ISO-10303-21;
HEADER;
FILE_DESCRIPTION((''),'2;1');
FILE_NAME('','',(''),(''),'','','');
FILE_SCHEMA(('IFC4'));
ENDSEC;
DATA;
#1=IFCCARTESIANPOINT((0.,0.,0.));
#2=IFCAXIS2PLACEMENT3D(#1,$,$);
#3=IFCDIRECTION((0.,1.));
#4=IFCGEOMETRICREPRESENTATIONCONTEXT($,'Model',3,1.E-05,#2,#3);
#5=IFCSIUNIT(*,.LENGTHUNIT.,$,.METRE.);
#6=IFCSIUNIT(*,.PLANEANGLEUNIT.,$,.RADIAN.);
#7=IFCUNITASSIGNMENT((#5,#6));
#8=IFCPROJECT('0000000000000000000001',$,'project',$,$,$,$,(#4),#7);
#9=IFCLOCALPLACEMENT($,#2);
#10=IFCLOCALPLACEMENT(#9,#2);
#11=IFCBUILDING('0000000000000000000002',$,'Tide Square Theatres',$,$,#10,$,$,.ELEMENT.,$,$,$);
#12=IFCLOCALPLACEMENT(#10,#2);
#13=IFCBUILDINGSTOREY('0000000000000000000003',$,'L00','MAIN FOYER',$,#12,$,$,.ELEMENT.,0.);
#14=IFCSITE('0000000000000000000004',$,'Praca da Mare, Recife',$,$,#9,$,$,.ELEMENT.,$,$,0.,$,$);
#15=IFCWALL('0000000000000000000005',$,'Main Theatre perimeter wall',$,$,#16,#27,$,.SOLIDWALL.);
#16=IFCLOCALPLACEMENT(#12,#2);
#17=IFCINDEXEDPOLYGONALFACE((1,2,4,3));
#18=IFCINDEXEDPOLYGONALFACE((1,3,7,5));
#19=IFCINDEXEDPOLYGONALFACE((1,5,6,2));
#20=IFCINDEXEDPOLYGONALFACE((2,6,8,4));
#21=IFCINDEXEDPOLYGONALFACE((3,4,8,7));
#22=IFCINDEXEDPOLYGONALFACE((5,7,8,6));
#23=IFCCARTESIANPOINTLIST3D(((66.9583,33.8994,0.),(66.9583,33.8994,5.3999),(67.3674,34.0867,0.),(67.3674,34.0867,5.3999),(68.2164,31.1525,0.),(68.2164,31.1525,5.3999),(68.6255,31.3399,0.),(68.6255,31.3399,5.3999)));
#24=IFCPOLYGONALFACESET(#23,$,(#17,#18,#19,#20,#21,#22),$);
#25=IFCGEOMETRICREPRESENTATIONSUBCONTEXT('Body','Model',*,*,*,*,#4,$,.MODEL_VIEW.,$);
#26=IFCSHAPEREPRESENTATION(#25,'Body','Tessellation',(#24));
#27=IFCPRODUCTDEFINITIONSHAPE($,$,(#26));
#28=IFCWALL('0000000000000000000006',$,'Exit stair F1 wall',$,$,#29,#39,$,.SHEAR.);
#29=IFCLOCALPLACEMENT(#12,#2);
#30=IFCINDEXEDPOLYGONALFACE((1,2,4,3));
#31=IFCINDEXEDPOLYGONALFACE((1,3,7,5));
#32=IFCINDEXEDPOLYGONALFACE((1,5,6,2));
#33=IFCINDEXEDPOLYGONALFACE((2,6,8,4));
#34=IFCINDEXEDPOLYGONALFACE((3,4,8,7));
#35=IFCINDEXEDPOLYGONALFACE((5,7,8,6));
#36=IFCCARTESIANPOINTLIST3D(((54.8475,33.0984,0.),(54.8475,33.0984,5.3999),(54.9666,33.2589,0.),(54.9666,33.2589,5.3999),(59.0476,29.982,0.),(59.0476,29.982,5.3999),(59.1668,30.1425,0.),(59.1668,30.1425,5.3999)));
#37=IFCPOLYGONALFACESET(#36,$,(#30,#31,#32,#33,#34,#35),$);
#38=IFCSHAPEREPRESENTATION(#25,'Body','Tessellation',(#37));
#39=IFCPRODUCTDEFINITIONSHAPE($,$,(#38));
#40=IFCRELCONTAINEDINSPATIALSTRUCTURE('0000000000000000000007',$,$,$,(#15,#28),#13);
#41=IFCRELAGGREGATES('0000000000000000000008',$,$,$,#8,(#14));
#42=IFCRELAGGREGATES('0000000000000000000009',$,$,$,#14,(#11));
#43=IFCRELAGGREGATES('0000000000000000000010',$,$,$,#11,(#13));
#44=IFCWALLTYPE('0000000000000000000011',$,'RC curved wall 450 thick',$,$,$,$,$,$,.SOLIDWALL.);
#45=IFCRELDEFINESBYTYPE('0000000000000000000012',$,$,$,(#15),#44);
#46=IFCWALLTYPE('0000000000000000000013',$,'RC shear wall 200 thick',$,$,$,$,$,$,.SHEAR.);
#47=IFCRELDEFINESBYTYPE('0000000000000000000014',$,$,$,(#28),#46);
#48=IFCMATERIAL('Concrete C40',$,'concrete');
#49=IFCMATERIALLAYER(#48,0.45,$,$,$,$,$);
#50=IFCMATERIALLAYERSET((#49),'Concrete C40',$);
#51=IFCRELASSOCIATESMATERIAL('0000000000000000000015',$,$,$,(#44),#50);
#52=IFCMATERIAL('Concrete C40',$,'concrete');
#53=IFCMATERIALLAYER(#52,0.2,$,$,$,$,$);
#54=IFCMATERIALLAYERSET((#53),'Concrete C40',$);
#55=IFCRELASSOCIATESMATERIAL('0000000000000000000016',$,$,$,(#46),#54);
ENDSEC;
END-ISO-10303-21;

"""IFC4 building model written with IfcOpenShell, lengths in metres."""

from ifc_helpers import new_model, si_unit, direction, frame, frame_2d, origin, place, context, subcontext, project, spatial, rectangle, extrude, material, layer, layer_set, type_object, element, save


model = new_model("IFC4")

# Units and contexts
model_context = context("Model", 3, precision=1e-05, world=origin(), true_north=direction((0.0, 1.0)))
body_context = subcontext(model_context, "Body", "Model", "MODEL_VIEW")
ifc_project = project(units=[si_unit("LENGTHUNIT", "METRE"), si_unit("PLANEANGLEUNIT", "RADIAN")], contexts=[model_context])

# Site, building, storey
site_placement = place(None, origin())
site = spatial("IfcSite", under=ifc_project, at=site_placement, Name="Praca da Mare, Recife", CompositionType="ELEMENT", RefElevation=0.0)
building_placement = place(site_placement, origin())
building = spatial("IfcBuilding", under=site, at=building_placement, Name="Tide Square Theatres", CompositionType="ELEMENT")
storey_placement = place(building_placement, origin())
storey = spatial("IfcBuildingStorey", under=building, at=storey_placement, Name="L00", Description="MAIN FOYER", CompositionType="ELEMENT", Elevation=0.0)

# Shared definitions
ifc_material_1 = material(Name="Concrete C40", Category="concrete")
ifc_layer_1 = layer(ifc_material_1, 0.45)
ifc_layer_set_1 = layer_set([ifc_layer_1], Name="Concrete C40")
wall_type_1 = type_object("IfcWallType", Name="RC curved wall 450 thick", PredefinedType="SOLIDWALL", material=ifc_layer_set_1)

# Walls
wall_1_placement = place(storey_placement, frame((67.1628, 33.9932, 0.0), z_axis=(0.0, 0.0, 1.0), x_axis=(0.416407, -0.909178, 0.0)))
element("IfcWall", 1, at=wall_1_placement, inside=storey, type_object=wall_type_1, Name="Main Theatre perimeter wall", PredefinedType="SOLIDWALL", context=body_context, shape_type="SweptSolid", body=[
    extrude(rectangle(XDim=3.0212, YDim=0.45, at=frame_2d((1.5107, 0.0))), origin(), (0.0, 0.0, 1.0), 5.3999),
])
ifc_material_2 = material(Name="Concrete C40", Category="concrete")
ifc_layer_2 = layer(ifc_material_2, 0.2)
ifc_layer_set_2 = layer_set([ifc_layer_2], Name="Concrete C40")
wall_type_2 = type_object("IfcWallType", Name="RC shear wall 200 thick", PredefinedType="SHEAR", material=ifc_layer_set_2)
wall_2_placement = place(storey_placement, frame((59.1072, 30.0623, 0.0), z_axis=(0.0, 0.0, 1.0), x_axis=(-0.803081, 0.595869, 0.0)))
element("IfcWall", 2, at=wall_2_placement, inside=storey, type_object=wall_type_2, Name="Exit stair F1 wall", PredefinedType="SHEAR", context=body_context, shape_type="SweptSolid", body=[
    extrude(rectangle(XDim=5.23, YDim=0.2, at=frame_2d((2.615, 0.0))), origin(), (0.0, 0.0, 1.0), 5.3999),
])

save(model, "model.ifc")
